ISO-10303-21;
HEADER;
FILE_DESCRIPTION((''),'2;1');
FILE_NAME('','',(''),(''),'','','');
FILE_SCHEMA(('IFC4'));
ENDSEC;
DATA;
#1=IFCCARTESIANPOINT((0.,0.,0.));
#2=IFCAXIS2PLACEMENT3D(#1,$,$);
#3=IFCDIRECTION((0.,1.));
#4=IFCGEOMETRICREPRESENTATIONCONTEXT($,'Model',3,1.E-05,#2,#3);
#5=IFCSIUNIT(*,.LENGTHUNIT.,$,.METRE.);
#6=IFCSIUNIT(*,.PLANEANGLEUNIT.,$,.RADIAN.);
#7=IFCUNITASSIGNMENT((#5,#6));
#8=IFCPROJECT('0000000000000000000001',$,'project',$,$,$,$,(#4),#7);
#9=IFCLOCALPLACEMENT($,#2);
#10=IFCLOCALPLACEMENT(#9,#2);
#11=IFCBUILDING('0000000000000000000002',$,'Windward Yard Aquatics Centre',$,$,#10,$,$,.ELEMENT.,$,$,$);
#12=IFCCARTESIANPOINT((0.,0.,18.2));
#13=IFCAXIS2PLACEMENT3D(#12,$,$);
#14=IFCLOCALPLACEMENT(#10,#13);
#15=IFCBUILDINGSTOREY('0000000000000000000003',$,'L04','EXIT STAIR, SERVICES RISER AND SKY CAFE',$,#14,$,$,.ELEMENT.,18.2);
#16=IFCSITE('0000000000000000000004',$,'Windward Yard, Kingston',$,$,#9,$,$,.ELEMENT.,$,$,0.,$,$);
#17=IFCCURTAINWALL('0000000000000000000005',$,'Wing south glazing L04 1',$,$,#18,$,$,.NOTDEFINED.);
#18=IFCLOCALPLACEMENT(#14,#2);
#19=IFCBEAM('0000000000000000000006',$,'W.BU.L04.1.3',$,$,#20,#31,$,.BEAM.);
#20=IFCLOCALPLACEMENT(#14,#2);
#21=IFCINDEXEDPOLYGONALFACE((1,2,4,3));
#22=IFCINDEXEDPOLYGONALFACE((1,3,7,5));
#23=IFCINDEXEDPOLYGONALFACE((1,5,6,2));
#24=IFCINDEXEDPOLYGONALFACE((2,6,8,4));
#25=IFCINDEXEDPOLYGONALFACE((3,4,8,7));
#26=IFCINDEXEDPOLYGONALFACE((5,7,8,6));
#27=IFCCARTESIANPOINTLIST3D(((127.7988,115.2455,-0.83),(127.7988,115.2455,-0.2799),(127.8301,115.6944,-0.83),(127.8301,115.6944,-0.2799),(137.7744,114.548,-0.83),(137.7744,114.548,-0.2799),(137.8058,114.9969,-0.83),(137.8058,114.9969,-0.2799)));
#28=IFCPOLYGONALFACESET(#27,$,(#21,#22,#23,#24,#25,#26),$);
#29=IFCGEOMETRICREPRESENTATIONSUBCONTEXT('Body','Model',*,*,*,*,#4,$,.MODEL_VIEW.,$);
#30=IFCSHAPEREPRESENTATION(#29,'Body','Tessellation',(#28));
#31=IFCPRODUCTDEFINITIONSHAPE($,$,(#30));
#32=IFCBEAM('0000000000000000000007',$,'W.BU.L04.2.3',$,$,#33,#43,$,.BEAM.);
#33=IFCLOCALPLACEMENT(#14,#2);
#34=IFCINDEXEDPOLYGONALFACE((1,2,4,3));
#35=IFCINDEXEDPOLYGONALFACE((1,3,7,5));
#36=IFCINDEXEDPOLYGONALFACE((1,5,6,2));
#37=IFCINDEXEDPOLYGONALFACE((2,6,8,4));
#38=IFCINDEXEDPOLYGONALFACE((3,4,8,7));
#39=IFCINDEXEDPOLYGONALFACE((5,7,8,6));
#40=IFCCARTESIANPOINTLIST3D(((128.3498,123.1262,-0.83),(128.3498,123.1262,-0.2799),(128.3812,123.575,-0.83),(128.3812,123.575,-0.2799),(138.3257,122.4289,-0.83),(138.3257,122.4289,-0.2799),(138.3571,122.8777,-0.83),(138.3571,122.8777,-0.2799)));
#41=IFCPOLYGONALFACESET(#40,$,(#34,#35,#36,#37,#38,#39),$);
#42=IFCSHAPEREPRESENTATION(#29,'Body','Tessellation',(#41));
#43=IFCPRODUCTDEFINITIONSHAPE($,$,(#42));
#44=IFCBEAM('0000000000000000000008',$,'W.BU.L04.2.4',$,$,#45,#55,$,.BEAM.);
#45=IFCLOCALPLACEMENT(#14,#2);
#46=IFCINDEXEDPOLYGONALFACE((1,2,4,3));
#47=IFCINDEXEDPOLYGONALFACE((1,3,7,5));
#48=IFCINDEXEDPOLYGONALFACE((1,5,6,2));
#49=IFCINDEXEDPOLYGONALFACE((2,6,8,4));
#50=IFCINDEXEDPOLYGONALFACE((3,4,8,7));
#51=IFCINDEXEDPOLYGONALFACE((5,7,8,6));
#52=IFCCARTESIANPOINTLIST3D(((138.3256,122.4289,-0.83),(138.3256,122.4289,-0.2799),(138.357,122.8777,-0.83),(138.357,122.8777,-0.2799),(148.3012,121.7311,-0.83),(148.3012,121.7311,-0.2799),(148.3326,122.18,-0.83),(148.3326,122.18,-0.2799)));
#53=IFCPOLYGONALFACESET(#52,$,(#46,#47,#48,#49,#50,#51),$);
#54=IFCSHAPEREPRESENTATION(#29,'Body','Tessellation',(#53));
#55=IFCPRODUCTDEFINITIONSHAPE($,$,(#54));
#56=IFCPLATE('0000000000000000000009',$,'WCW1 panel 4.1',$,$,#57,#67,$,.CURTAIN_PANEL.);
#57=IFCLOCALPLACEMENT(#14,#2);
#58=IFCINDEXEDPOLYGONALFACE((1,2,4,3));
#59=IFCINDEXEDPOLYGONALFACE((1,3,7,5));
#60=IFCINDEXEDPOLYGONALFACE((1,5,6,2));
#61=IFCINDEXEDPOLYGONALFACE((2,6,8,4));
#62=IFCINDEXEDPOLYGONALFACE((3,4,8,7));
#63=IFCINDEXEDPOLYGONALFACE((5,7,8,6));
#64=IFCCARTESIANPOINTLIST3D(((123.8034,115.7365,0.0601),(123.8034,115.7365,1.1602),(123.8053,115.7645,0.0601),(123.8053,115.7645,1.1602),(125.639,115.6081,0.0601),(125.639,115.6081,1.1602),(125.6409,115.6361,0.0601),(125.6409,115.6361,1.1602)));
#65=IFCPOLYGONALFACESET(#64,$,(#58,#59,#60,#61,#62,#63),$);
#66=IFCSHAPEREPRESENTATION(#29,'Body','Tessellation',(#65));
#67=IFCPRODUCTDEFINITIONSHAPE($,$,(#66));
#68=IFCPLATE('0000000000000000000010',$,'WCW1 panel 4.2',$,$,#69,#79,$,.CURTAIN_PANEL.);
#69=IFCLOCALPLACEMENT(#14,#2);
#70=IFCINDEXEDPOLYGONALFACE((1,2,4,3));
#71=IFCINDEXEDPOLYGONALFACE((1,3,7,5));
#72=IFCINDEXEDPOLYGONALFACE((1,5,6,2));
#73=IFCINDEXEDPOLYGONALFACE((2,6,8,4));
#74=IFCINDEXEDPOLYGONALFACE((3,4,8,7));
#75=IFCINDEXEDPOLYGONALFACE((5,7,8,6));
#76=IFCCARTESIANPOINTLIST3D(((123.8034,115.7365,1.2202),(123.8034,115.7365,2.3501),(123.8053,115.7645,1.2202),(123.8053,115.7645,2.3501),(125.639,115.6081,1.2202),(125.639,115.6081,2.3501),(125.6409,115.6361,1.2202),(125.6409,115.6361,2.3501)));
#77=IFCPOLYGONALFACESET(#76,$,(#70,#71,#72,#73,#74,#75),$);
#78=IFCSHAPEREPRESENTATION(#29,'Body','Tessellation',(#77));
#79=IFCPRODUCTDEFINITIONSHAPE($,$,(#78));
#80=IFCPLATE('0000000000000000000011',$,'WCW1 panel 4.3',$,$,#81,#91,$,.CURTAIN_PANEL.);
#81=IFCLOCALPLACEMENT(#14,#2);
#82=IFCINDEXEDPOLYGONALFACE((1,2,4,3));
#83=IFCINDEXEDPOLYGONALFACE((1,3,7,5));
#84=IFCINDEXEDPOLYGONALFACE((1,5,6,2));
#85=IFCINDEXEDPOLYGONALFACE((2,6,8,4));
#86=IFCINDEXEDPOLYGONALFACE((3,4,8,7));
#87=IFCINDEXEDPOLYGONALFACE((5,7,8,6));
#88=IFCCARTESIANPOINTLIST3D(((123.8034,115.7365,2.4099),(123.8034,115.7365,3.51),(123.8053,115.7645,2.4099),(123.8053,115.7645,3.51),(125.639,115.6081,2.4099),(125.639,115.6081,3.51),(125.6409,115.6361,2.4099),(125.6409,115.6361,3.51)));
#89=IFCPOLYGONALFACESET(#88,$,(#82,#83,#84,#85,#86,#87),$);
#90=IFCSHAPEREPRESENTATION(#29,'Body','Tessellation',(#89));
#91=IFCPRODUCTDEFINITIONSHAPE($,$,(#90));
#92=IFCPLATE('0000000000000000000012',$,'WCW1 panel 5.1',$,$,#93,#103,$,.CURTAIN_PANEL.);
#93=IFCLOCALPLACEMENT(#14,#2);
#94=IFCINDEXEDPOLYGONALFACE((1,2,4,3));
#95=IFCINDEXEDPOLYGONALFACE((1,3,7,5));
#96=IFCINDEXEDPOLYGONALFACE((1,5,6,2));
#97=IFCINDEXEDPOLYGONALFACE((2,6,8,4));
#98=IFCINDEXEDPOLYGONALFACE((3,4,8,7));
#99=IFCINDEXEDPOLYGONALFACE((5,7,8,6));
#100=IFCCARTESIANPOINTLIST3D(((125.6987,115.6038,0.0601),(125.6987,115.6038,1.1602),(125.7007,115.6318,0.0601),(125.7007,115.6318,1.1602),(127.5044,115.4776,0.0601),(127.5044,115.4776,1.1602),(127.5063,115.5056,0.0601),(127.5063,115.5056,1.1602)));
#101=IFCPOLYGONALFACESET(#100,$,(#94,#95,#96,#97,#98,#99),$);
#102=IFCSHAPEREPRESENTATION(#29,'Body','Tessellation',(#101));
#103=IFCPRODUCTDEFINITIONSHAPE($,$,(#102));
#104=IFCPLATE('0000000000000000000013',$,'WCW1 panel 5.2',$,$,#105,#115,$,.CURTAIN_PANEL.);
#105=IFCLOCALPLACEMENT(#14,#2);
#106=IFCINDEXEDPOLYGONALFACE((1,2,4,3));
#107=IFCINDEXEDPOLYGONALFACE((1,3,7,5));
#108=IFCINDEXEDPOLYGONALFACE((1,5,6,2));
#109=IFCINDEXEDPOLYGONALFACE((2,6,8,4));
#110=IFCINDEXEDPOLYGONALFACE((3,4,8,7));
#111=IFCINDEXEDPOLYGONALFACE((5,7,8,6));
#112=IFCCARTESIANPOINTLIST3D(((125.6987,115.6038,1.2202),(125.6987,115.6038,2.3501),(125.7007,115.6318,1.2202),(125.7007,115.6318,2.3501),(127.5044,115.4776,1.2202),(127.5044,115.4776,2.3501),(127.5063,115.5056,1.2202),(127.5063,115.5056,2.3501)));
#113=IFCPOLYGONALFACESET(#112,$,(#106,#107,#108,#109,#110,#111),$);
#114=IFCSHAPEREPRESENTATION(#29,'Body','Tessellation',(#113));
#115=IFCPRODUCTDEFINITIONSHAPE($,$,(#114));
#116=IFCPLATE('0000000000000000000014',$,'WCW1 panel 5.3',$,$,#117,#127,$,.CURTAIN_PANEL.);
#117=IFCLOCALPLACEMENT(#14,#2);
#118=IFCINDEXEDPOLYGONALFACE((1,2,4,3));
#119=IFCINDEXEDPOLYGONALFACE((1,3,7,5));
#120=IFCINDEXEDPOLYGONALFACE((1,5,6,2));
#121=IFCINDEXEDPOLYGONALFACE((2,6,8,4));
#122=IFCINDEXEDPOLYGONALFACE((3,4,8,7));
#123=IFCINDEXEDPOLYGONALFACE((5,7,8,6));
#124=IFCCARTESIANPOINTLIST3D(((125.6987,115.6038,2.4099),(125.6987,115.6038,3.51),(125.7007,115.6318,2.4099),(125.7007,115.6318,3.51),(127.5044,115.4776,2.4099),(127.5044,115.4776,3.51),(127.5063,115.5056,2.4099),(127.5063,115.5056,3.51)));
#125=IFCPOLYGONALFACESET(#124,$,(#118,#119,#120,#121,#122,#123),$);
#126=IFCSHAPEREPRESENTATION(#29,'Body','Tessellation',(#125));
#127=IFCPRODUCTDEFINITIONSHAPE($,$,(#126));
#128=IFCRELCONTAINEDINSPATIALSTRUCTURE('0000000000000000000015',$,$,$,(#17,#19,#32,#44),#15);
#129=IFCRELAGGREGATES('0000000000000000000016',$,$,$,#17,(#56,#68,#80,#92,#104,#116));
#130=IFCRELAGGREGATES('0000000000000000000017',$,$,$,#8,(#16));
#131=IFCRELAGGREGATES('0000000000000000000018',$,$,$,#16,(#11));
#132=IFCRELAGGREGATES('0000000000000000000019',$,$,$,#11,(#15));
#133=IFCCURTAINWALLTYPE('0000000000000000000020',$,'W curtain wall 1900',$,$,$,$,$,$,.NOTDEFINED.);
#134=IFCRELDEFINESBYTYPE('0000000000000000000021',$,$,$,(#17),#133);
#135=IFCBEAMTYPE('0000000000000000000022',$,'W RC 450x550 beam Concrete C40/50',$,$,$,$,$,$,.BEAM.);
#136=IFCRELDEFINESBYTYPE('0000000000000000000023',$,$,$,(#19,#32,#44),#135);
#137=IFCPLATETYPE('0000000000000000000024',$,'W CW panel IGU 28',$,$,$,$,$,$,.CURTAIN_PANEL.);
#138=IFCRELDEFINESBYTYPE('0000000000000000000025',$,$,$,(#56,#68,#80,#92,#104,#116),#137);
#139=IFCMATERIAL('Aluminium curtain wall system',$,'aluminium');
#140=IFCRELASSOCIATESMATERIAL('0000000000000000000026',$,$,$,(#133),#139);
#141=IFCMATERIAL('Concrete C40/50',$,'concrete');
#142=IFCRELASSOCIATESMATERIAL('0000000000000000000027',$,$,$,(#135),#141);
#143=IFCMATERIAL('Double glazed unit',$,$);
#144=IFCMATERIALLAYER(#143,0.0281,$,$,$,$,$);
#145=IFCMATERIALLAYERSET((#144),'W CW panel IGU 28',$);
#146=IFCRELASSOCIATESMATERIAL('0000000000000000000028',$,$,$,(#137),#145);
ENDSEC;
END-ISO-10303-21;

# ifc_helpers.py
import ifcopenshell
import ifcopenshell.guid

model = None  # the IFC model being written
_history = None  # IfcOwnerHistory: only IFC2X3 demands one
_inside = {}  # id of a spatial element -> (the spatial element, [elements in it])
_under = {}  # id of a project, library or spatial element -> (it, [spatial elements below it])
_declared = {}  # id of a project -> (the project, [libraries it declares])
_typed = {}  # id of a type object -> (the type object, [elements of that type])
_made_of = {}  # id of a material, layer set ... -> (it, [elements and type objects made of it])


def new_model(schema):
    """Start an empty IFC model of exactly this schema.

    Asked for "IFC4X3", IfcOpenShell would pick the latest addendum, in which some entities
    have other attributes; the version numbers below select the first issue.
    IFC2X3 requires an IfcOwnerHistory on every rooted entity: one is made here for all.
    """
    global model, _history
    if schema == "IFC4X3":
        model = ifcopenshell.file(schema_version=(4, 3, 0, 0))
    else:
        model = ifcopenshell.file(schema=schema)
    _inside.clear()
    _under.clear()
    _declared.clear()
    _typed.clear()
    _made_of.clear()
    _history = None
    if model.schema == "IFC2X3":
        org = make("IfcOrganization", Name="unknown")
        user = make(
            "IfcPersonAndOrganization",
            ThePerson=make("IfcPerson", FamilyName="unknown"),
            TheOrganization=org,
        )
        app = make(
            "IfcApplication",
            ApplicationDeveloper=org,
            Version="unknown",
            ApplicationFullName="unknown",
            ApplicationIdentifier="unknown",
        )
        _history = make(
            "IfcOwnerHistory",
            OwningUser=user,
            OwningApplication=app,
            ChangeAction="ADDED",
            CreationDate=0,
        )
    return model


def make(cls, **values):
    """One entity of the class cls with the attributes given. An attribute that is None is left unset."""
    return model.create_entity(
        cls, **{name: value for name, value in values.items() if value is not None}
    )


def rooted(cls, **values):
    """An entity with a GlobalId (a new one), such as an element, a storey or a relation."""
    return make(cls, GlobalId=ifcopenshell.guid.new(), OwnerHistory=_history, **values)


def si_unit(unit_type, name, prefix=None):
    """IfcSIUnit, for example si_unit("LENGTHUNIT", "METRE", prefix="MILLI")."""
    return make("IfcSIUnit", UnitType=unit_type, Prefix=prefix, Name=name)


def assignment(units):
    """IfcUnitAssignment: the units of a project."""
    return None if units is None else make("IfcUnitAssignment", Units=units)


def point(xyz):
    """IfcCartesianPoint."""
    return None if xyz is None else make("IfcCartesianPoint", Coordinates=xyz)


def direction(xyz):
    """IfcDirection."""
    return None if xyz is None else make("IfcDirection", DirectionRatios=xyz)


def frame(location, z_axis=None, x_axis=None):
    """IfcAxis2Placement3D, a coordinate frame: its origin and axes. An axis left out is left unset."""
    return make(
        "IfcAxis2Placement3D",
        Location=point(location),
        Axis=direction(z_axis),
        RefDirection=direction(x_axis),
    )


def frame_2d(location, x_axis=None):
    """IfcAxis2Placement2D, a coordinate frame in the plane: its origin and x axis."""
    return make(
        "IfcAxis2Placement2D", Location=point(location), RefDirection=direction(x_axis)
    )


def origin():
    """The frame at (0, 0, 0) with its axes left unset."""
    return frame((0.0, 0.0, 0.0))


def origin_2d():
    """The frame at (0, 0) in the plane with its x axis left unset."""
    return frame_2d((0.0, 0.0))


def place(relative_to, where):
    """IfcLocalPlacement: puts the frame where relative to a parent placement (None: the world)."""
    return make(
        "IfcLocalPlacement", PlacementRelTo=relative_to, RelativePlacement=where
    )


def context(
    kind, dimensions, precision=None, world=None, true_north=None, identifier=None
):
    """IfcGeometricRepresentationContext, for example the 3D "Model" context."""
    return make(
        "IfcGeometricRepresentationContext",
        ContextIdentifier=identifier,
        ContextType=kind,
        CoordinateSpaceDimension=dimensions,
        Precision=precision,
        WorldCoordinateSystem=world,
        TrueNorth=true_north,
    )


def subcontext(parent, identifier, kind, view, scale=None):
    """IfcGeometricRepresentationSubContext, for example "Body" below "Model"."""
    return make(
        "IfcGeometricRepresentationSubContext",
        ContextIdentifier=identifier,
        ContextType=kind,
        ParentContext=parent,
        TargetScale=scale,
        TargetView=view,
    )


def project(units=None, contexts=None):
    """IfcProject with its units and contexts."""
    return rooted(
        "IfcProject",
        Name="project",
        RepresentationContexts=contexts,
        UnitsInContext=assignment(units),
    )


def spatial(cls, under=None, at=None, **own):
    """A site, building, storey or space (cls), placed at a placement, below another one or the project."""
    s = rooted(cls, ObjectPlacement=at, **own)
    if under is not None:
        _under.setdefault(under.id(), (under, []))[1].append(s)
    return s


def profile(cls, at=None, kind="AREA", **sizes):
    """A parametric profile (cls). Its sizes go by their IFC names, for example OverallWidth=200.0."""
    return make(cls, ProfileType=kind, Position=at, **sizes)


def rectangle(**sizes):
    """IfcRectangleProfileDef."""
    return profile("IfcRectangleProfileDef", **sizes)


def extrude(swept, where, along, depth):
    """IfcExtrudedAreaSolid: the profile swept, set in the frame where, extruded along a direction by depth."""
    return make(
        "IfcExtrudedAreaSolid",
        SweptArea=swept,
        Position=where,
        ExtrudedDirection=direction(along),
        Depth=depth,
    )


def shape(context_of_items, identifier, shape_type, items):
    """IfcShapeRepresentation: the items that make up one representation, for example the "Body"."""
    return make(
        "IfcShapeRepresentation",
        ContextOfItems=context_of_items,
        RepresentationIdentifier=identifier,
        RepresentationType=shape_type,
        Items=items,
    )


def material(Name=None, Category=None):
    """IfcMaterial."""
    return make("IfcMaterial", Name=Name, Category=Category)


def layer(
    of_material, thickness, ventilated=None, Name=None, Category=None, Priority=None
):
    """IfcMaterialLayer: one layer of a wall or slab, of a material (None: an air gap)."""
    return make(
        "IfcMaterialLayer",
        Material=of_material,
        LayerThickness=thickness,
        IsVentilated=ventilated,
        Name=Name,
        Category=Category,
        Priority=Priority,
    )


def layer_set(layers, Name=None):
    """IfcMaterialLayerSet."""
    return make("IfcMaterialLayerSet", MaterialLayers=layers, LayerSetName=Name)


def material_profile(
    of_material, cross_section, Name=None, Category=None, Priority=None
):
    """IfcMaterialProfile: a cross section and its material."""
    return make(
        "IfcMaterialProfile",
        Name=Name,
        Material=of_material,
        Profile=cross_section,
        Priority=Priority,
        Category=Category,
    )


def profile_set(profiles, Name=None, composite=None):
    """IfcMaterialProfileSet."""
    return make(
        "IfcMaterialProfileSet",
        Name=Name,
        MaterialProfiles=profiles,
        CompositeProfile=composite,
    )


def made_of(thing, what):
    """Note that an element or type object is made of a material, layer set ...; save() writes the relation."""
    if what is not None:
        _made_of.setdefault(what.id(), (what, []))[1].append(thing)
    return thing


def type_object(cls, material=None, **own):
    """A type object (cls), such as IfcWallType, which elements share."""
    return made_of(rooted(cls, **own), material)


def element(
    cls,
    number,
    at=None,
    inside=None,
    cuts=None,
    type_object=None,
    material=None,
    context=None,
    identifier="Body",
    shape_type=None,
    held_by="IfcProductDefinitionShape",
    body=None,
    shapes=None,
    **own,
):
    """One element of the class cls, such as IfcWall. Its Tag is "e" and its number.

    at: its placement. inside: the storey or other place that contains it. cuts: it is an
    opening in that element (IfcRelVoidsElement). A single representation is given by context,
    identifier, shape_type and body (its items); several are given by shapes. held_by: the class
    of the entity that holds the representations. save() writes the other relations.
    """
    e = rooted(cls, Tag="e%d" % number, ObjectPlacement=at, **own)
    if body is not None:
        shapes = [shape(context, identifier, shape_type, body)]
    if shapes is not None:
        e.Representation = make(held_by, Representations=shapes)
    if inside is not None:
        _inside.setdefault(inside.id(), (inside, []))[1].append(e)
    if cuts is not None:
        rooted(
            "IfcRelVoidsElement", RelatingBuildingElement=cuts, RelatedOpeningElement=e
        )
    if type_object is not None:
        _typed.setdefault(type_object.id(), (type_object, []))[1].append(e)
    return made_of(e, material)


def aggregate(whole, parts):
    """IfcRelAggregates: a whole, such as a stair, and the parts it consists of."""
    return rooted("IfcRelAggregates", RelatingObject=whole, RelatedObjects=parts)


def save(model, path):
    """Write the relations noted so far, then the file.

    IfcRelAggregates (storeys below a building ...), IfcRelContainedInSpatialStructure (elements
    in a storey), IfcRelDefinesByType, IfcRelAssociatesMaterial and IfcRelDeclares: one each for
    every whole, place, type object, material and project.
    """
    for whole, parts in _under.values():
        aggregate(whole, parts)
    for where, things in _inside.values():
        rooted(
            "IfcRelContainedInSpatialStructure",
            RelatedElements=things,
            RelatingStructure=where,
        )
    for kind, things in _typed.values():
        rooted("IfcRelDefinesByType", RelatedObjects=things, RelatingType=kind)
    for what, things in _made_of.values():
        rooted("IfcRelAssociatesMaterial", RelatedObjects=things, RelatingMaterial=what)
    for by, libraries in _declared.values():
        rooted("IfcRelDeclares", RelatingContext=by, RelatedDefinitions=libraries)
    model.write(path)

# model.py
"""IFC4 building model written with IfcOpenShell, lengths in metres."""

from ifc_helpers import new_model, si_unit, direction, frame, origin, origin_2d, place, context, subcontext, project, spatial, rectangle, extrude, material, layer, layer_set, material_profile, profile_set, type_object, element, aggregate, save


model = new_model("IFC4")

# Units and contexts
model_context = context("Model", 3, precision=1e-05, world=origin(), true_north=direction((0.0, 1.0)))
body_context = subcontext(model_context, "Body", "Model", "MODEL_VIEW")
ifc_project = project(units=[si_unit("LENGTHUNIT", "METRE"), si_unit("PLANEANGLEUNIT", "RADIAN")], contexts=[model_context])

# Site, building, storey
site_placement = place(None, origin())
site = spatial("IfcSite", under=ifc_project, at=site_placement, Name="Windward Yard, Kingston", CompositionType="ELEMENT", RefElevation=0.0)
building_placement = place(site_placement, origin())
building = spatial("IfcBuilding", under=site, at=building_placement, Name="Windward Yard Aquatics Centre", CompositionType="ELEMENT")
storey_placement = place(building_placement, frame((0.0, 0.0, 18.2)))
storey = spatial("IfcBuildingStorey", under=building, at=storey_placement, Name="L04", Description="EXIT STAIR, SERVICES RISER AND SKY CAFE", CompositionType="ELEMENT", Elevation=18.2)

# Curtain wall
ifc_material_1 = material(Name="Aluminium curtain wall system", Category="aluminium")
curtain_wall_type = type_object("IfcCurtainWallType", Name="W curtain wall 1900", PredefinedType="NOTDEFINED", material=ifc_material_1)
curtain_wall_1_placement = place(storey_placement, origin())
curtain_wall_1 = element("IfcCurtainWall", 1, at=curtain_wall_1_placement, inside=storey, type_object=curtain_wall_type, Name="Wing south glazing L04 1", PredefinedType="NOTDEFINED")

# Beams
ifc_material_2 = material(Name="Concrete C40/50", Category="concrete")
ifc_material_profile_1 = material_profile(ifc_material_2, rectangle(XDim=0.45, YDim=0.55, at=origin_2d()), Name="RC 450x550")
ifc_profile_set_1 = profile_set([ifc_material_profile_1], Name="Concrete C40/50")
beam_type_1 = type_object("IfcBeamType", Name="W RC 450x550 beam Concrete C40/50", PredefinedType="BEAM", material=ifc_profile_set_1)
beam_1_placement = place(storey_placement, frame((127.8145, 115.47, -0.5549), z_axis=(0.997564, -0.069751, 0.0), x_axis=(0.069751, 0.997564, 0.0)))
element("IfcBeam", 2, at=beam_1_placement, inside=storey, type_object=beam_type_1, Name="W.BU.L04.1.3", PredefinedType="BEAM", context=body_context, shape_type="SweptSolid", body=[
    extrude(rectangle(XDim=0.45, YDim=0.55, at=origin_2d()), origin(), (0.0, 0.0, 1.0), 10.0),
])
beam_2_placement = place(storey_placement, frame((128.3655, 123.3506, -0.5549), z_axis=(0.997566, -0.069725, 0.0), x_axis=(0.069725, 0.997566, 0.0)))
element("IfcBeam", 3, at=beam_2_placement, inside=storey, type_object=beam_type_1, Name="W.BU.L04.2.3", PredefinedType="BEAM", context=body_context, shape_type="SweptSolid", body=[
    extrude(rectangle(XDim=0.45, YDim=0.55, at=origin_2d()), origin(), (0.0, 0.0, 1.0), 10.0002),
])
beam_3_placement = place(storey_placement, frame((138.3413, 122.6533, -0.5549), z_axis=(0.997563, -0.069776, 0.0), x_axis=(0.069776, 0.997563, 0.0)))
element("IfcBeam", 4, at=beam_3_placement, inside=storey, type_object=beam_type_1, Name="W.BU.L04.2.4", PredefinedType="BEAM", context=body_context, shape_type="SweptSolid", body=[
    extrude(rectangle(XDim=0.45, YDim=0.55, at=origin_2d()), origin(), (0.0, 0.0, 1.0), 10.0),
])

# Plates
ifc_material_3 = material(Name="Double glazed unit")
ifc_layer = layer(ifc_material_3, 0.0281)
ifc_layer_set = layer_set([ifc_layer], Name="W CW panel IGU 28")
plate_type = type_object("IfcPlateType", Name="W CW panel IGU 28", PredefinedType="CURTAIN_PANEL", material=ifc_layer_set)
plate_1_placement = place(storey_placement, frame((124.7222, 115.6863, 0.0601), z_axis=(0.0, 0.0, 1.0), x_axis=(0.997564, -0.069758, 0.0)))
plate_1 = element("IfcPlate", 5, at=plate_1_placement, type_object=plate_type, Name="WCW1 panel 4.1", PredefinedType="CURTAIN_PANEL", context=body_context, shape_type="SweptSolid", body=[
    extrude(rectangle(XDim=1.8401, YDim=0.0281, at=origin_2d()), origin(), (0.0, 0.0, 1.0), 1.1001),
])
plate_2_placement = place(storey_placement, frame((124.7222, 115.6863, 1.2202), z_axis=(0.0, 0.0, 1.0), x_axis=(0.997564, -0.069758, 0.0)))
plate_2 = element("IfcPlate", 6, at=plate_2_placement, type_object=plate_type, Name="WCW1 panel 4.2", PredefinedType="CURTAIN_PANEL", context=body_context, shape_type="SweptSolid", body=[
    extrude(rectangle(XDim=1.8401, YDim=0.0281, at=origin_2d()), origin(), (0.0, 0.0, 1.0), 1.1299),
])
plate_3_placement = place(storey_placement, frame((124.7222, 115.6863, 2.4099), z_axis=(0.0, 0.0, 1.0), x_axis=(0.997564, -0.069758, 0.0)))
plate_3 = element("IfcPlate", 7, at=plate_3_placement, type_object=plate_type, Name="WCW1 panel 4.3", PredefinedType="CURTAIN_PANEL", context=body_context, shape_type="SweptSolid", body=[
    extrude(rectangle(XDim=1.8401, YDim=0.0281, at=origin_2d()), origin(), (0.0, 0.0, 1.0), 1.1001),
])
plate_4_placement = place(storey_placement, frame((126.6025, 115.5547, 0.0601), z_axis=(0.0, 0.0, 1.0), x_axis=(0.997564, -0.069758, 0.0)))
plate_4 = element("IfcPlate", 8, at=plate_4_placement, type_object=plate_type, Name="WCW1 panel 5.1", PredefinedType="CURTAIN_PANEL", context=body_context, shape_type="SweptSolid", body=[
    extrude(rectangle(XDim=1.8101, YDim=0.0281, at=origin_2d()), origin(), (0.0, 0.0, 1.0), 1.1001),
])
plate_5_placement = place(storey_placement, frame((126.6025, 115.5547, 1.2202), z_axis=(0.0, 0.0, 1.0), x_axis=(0.997564, -0.069758, 0.0)))
plate_5 = element("IfcPlate", 9, at=plate_5_placement, type_object=plate_type, Name="WCW1 panel 5.2", PredefinedType="CURTAIN_PANEL", context=body_context, shape_type="SweptSolid", body=[
    extrude(rectangle(XDim=1.8101, YDim=0.0281, at=origin_2d()), origin(), (0.0, 0.0, 1.0), 1.1299),
])
plate_6_placement = place(storey_placement, frame((126.6025, 115.5547, 2.4099), z_axis=(0.0, 0.0, 1.0), x_axis=(0.997564, -0.069758, 0.0)))
plate_6 = element("IfcPlate", 10, at=plate_6_placement, type_object=plate_type, Name="WCW1 panel 5.3", PredefinedType="CURTAIN_PANEL", context=body_context, shape_type="SweptSolid", body=[
    extrude(rectangle(XDim=1.8101, YDim=0.0281, at=origin_2d()), origin(), (0.0, 0.0, 1.0), 1.1001),
])
aggregate(curtain_wall_1, [plate_1, plate_2, plate_3, plate_4, plate_5, plate_6])

save(model, "model.ifc")
